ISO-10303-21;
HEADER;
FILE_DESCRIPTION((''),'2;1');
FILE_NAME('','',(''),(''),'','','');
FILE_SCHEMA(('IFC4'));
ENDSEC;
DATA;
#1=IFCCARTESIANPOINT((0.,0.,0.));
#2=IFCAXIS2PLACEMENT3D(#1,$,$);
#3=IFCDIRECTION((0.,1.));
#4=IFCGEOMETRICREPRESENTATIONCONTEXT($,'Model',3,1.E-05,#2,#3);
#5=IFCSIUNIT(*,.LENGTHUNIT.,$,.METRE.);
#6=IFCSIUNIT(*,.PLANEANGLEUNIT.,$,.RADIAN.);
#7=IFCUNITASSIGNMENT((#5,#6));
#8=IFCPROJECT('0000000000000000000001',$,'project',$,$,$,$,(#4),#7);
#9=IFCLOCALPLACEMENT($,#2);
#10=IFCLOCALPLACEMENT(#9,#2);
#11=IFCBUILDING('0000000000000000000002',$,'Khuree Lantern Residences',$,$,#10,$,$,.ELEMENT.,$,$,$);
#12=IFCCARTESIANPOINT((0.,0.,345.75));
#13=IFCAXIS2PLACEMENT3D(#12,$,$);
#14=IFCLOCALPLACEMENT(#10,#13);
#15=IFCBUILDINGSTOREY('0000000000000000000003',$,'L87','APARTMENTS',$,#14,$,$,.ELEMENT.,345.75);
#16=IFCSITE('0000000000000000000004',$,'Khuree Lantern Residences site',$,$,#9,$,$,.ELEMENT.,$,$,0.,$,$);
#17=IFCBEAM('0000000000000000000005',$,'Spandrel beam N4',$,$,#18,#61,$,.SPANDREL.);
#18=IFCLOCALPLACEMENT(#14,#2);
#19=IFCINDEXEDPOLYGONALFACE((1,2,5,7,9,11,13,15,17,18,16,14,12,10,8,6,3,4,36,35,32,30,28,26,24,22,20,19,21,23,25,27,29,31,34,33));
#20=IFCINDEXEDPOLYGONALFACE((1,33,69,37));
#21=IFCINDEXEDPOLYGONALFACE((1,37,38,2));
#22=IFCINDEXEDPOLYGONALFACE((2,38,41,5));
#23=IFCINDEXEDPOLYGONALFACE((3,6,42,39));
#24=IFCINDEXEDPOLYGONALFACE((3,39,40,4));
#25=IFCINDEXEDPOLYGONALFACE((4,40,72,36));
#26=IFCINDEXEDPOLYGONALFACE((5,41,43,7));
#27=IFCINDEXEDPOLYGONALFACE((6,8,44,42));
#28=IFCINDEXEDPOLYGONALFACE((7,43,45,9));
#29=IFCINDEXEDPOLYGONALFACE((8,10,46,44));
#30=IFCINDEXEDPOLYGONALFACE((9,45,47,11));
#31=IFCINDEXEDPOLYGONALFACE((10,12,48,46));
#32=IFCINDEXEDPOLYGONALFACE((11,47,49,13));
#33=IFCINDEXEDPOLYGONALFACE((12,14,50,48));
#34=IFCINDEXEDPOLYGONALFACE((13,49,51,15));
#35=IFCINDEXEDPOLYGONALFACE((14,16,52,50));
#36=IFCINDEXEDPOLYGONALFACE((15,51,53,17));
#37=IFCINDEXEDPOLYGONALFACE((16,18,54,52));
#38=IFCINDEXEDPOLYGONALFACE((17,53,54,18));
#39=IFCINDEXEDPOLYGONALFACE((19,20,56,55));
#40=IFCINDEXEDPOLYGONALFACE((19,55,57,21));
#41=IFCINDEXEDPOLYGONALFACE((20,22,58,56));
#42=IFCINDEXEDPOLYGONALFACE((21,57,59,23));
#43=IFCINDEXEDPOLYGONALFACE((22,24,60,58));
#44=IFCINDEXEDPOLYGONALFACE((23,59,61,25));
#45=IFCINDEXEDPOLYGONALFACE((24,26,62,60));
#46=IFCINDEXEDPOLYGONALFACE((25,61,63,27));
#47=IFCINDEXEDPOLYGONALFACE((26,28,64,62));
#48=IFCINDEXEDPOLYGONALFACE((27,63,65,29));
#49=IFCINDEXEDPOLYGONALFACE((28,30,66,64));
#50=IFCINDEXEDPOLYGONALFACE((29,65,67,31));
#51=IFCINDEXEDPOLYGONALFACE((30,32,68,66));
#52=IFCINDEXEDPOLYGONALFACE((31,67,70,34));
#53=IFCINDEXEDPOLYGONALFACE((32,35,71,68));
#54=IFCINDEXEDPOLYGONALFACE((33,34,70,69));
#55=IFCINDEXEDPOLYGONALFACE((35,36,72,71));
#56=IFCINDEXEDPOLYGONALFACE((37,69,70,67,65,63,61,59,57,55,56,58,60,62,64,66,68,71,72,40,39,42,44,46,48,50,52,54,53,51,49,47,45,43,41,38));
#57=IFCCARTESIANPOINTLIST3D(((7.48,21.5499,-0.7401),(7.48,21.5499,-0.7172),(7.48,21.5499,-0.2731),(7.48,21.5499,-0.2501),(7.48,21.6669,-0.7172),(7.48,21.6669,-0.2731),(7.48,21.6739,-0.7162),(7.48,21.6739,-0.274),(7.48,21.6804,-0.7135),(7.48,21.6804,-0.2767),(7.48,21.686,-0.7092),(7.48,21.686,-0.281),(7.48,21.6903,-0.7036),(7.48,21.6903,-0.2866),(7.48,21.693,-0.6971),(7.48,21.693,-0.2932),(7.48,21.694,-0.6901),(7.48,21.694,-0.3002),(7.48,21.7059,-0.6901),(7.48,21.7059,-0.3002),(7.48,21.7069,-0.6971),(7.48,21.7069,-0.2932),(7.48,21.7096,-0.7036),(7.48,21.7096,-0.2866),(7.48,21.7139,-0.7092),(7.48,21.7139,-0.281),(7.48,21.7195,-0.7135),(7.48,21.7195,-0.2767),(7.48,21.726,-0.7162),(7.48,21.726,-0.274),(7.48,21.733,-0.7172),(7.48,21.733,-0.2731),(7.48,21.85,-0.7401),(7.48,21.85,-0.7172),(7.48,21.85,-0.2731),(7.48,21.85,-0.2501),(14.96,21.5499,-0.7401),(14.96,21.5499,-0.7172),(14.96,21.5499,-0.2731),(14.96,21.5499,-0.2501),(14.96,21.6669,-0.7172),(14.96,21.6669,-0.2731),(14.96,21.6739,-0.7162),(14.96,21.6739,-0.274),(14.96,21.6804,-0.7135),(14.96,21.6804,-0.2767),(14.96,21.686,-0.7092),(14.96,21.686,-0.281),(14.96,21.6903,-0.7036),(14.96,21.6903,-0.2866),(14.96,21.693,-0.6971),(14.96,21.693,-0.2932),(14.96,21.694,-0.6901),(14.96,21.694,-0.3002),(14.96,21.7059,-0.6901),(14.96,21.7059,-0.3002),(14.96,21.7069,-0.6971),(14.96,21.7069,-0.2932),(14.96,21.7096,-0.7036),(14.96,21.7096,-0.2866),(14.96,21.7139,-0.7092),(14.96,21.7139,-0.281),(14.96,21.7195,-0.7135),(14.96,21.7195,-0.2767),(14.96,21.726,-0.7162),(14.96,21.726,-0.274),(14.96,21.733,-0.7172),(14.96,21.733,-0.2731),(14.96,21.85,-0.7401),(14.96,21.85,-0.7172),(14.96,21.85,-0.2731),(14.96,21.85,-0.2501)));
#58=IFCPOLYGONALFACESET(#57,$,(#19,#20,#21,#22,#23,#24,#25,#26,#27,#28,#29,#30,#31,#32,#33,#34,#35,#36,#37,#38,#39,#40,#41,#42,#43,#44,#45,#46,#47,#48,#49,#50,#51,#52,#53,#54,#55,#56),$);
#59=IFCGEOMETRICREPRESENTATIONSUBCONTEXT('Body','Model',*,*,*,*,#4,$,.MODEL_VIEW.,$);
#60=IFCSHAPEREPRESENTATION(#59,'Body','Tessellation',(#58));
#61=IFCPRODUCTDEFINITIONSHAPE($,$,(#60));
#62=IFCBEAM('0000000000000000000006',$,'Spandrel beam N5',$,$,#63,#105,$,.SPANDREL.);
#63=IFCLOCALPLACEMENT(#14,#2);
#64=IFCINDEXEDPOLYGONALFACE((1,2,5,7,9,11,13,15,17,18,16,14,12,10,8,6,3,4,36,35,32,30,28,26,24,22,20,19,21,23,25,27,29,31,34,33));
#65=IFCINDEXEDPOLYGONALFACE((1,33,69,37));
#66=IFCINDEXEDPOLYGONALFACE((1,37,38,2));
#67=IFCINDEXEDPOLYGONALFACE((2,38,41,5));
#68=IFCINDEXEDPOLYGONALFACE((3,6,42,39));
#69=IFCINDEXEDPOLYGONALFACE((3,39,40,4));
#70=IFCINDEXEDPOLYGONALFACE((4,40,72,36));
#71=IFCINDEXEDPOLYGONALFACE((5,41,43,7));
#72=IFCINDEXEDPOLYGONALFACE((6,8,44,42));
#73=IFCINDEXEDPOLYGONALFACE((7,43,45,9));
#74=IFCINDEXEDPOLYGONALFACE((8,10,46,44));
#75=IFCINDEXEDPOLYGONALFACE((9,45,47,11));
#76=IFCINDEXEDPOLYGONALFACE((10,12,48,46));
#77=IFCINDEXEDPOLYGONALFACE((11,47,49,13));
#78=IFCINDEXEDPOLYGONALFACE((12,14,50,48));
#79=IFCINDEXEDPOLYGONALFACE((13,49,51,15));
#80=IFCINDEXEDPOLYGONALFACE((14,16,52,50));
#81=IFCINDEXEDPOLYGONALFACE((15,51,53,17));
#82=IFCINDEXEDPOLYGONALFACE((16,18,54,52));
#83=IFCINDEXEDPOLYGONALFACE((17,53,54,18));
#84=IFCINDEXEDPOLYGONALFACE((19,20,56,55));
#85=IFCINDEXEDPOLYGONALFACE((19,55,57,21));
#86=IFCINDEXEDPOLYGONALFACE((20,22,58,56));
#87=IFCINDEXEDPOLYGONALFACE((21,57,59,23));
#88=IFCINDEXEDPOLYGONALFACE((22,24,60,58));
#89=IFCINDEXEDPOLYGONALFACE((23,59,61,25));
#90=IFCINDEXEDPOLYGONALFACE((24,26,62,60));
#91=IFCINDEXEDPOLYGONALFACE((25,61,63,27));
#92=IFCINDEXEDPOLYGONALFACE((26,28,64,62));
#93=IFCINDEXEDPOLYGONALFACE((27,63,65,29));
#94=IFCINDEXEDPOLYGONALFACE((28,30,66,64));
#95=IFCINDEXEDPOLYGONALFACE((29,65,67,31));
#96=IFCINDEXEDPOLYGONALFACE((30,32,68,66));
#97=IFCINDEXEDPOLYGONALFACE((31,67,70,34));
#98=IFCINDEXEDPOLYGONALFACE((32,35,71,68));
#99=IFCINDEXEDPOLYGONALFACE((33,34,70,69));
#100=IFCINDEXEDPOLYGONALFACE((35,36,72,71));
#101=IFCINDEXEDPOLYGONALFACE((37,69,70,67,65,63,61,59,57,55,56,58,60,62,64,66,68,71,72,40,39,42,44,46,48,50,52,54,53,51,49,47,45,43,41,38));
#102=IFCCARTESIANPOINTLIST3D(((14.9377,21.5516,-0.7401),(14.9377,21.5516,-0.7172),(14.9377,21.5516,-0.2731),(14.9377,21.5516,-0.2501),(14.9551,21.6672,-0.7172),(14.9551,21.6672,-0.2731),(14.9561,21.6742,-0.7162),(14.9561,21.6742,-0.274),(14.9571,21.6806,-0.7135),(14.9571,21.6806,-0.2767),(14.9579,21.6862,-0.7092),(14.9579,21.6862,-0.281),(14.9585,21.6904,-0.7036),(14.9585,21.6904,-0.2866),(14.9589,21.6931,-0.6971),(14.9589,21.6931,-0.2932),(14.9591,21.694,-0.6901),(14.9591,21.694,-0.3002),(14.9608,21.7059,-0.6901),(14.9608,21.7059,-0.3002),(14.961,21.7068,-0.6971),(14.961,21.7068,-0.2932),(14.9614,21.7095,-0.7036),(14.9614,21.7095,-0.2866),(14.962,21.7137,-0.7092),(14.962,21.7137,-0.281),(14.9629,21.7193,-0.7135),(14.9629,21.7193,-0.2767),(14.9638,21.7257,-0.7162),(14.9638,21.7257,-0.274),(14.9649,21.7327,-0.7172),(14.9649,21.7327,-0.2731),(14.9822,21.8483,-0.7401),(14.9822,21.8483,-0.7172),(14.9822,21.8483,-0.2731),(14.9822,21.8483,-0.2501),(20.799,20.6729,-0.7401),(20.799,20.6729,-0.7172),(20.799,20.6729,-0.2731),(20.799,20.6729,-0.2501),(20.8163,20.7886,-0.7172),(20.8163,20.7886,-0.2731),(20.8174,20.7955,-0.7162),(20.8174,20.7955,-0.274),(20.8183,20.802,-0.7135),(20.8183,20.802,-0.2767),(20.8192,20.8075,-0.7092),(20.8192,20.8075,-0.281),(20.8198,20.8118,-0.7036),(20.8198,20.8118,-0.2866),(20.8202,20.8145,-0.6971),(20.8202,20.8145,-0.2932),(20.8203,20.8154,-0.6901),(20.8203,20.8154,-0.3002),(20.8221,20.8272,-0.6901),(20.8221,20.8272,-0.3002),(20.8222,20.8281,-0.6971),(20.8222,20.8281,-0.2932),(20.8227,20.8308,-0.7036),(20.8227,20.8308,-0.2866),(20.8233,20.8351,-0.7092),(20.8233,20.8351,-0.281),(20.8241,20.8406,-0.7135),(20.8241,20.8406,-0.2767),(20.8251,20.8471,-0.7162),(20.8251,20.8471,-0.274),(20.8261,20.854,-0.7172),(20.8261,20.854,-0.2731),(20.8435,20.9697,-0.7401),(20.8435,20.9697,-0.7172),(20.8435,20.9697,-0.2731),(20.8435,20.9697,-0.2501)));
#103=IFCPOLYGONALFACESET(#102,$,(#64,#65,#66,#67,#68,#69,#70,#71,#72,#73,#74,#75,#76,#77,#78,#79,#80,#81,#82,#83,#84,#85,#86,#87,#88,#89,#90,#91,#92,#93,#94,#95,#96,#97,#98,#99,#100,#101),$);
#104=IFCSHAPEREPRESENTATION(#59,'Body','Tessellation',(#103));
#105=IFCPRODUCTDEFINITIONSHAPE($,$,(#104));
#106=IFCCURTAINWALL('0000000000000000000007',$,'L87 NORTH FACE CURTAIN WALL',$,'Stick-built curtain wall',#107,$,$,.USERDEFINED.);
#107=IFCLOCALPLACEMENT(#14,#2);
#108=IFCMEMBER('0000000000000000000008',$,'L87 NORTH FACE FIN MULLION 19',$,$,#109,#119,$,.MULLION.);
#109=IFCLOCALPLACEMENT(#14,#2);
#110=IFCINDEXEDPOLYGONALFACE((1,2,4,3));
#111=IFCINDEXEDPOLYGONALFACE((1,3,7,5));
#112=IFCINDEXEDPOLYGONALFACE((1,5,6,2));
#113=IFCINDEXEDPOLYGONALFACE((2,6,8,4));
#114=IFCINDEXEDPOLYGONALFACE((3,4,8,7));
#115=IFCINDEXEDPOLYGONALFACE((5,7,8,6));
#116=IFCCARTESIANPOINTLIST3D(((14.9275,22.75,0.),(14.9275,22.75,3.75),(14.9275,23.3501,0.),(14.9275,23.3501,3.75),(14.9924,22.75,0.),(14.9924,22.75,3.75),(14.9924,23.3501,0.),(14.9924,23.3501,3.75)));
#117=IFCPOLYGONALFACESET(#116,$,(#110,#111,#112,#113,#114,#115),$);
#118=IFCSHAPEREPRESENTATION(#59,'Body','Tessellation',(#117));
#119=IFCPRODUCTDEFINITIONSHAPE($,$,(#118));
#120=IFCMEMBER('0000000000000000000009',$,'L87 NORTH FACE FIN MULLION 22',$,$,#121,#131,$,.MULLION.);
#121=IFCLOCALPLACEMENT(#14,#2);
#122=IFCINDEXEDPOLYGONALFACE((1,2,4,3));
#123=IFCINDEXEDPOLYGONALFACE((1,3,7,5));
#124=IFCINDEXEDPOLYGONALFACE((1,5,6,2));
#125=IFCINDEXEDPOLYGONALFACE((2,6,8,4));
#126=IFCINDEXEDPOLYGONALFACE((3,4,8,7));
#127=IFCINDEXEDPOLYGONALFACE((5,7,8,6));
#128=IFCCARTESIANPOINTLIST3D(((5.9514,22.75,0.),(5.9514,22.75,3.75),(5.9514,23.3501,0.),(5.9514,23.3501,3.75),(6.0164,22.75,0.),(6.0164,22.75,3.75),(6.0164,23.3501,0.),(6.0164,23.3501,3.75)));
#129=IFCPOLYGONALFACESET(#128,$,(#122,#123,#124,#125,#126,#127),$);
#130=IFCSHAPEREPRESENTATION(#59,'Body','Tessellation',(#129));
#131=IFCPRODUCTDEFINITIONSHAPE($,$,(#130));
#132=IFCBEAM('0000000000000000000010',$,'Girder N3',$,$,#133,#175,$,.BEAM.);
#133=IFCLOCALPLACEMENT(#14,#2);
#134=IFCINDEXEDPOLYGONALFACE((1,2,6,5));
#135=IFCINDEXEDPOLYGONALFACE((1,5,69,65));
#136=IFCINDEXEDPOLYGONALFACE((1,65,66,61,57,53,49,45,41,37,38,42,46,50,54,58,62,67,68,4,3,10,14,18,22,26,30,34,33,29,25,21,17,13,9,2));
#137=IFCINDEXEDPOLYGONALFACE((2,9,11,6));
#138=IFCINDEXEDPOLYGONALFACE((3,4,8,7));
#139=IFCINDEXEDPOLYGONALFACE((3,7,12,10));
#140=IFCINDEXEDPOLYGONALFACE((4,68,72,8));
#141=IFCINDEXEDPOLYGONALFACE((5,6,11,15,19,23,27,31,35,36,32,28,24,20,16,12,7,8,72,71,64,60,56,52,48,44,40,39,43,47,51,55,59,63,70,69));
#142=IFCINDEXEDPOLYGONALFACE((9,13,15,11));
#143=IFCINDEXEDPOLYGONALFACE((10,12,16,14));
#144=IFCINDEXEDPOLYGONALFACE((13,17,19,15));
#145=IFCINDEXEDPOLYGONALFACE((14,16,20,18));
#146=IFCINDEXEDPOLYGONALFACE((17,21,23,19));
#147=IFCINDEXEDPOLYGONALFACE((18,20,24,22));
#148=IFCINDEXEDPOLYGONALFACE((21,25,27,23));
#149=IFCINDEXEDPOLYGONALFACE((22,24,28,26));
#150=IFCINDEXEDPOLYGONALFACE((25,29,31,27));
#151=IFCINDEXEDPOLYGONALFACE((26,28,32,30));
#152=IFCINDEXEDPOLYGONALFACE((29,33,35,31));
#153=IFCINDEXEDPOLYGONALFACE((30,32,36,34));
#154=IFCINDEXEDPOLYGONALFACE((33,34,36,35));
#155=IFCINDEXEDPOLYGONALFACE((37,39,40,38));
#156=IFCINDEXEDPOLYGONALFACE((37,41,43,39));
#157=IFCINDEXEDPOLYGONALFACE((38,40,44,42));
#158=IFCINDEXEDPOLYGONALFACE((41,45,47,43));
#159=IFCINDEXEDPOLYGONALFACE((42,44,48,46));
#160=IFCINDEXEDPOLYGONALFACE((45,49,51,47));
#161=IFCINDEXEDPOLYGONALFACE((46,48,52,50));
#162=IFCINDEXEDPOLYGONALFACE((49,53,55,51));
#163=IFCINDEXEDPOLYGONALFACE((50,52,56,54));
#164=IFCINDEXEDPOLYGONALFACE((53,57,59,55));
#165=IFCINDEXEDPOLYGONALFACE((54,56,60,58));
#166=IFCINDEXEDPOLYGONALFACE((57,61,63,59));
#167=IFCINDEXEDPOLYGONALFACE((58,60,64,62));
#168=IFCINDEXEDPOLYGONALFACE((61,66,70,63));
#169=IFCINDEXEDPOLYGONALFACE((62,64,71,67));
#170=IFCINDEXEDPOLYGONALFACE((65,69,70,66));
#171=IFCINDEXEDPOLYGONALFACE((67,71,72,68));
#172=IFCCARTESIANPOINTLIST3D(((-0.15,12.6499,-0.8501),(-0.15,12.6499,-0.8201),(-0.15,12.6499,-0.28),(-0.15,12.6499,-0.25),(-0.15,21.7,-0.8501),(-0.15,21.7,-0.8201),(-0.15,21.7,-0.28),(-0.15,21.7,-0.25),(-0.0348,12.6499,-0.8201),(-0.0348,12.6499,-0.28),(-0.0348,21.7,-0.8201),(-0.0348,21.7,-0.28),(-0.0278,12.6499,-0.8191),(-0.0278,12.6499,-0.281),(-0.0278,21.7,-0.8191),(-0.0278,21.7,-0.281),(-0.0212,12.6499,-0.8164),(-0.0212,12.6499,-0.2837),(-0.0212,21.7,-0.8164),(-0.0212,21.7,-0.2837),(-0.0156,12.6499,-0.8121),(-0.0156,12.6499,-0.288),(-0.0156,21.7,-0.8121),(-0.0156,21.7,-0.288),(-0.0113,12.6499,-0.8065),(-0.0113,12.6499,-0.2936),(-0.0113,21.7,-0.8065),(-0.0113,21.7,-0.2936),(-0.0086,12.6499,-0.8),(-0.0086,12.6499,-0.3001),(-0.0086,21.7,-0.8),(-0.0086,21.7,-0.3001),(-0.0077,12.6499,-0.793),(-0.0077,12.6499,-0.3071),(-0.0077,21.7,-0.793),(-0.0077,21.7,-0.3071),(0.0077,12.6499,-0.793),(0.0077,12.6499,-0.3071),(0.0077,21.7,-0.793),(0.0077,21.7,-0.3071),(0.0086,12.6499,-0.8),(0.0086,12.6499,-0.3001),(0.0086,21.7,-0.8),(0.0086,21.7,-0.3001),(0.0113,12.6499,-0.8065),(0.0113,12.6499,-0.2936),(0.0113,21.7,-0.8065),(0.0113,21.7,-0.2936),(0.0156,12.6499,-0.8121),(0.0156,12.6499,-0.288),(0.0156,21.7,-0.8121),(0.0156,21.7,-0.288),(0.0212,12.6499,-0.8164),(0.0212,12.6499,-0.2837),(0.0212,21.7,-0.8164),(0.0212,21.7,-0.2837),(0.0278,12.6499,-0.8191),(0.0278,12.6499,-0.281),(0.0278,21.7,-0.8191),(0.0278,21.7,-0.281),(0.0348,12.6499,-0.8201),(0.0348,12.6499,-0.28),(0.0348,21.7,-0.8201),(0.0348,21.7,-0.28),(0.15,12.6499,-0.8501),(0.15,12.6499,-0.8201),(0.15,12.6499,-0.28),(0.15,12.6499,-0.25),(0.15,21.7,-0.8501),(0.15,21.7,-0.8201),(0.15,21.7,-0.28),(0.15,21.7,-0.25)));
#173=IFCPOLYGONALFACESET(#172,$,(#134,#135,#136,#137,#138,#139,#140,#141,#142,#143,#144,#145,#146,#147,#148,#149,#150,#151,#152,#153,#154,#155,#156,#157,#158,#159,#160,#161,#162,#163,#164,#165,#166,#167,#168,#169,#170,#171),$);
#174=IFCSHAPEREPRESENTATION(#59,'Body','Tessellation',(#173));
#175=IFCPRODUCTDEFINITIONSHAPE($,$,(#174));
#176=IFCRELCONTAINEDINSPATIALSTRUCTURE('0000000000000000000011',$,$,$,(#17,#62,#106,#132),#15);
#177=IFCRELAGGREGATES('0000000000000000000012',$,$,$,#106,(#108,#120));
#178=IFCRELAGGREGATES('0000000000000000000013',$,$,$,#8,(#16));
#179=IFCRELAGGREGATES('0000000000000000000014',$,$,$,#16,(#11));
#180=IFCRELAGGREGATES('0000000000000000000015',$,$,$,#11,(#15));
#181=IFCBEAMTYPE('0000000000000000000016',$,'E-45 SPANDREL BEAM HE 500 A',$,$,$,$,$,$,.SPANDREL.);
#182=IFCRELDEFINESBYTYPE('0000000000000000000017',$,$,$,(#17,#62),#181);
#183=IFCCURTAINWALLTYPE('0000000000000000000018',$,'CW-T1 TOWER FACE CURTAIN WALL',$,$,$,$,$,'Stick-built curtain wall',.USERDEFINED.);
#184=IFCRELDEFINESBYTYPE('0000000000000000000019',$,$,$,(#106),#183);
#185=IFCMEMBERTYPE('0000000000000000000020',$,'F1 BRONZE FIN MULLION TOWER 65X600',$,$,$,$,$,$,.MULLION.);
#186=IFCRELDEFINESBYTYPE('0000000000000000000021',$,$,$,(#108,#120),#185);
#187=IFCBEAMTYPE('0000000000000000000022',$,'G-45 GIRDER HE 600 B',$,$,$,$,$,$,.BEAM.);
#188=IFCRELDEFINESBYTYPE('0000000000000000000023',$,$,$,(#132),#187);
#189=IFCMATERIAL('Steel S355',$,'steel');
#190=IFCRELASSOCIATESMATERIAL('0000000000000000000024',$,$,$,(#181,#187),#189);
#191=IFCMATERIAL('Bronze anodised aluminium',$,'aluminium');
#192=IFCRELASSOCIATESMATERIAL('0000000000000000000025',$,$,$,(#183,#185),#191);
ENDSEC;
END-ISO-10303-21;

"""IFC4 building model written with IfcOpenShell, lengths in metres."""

from ifc_helpers import new_model, si_unit, direction, frame, origin, origin_2d, place, context, subcontext, project, spatial, rectangle, i_section, extrude, material, material_profile, profile_set, type_object, element, aggregate, save


model = new_model("IFC4")

# Units and contexts
model_context = context("Model", 3, precision=1e-05, world=origin(), true_north=direction((0.0, 1.0)))
body_context = subcontext(model_context, "Body", "Model", "MODEL_VIEW")
ifc_project = project(units=[si_unit("LENGTHUNIT", "METRE"), si_unit("PLANEANGLEUNIT", "RADIAN")], contexts=[model_context])

# Site, building, storey
site_placement = place(None, origin())
site = spatial("IfcSite", under=ifc_project, at=site_placement, Name="Khuree Lantern Residences site", CompositionType="ELEMENT", RefElevation=0.0)
building_placement = place(site_placement, origin())
building = spatial("IfcBuilding", under=site, at=building_placement, Name="Khuree Lantern Residences", CompositionType="ELEMENT")
storey_placement = place(building_placement, frame((0.0, 0.0, 345.75)))
storey = spatial("IfcBuildingStorey", under=building, at=storey_placement, Name="L87", Description="APARTMENTS", CompositionType="ELEMENT", Elevation=345.75)

# Beams
ifc_material_1 = material(Name="Steel S355", Category="steel")
ifc_material_profile_1 = material_profile(ifc_material_1, i_section(OverallWidth=0.3, OverallDepth=0.49, WebThickness=0.012, FlangeThickness=0.0229, FilletRadius=0.0271, at=origin_2d()), Name="HE 500 A")
ifc_profile_set_1 = profile_set([ifc_material_profile_1], Name="Steel S355")
beam_type_1 = type_object("IfcBeamType", Name="E-45 SPANDREL BEAM HE 500 A", PredefinedType="SPANDREL", material=ifc_profile_set_1)
for number, where, z_axis, x_axis, name in (
    (1, (7.48, 21.7, -0.4951), (1.0, 0.0, 0.0), (0.0, 1.0, 0.0), "Spandrel beam N4"),
):
    element("IfcBeam", number, at=place(storey_placement, frame(where, z_axis=z_axis, x_axis=x_axis)), inside=storey, type_object=beam_type_1, Name=name, PredefinedType="SPANDREL", context=body_context, shape_type="SweptSolid", body=[
        extrude(i_section(OverallWidth=0.3, OverallDepth=0.49, WebThickness=0.012, FlangeThickness=0.0229, FilletRadius=0.0271, at=origin_2d()), origin(), (0.0, 0.0, 1.0), 7.48),
    ])
beam_placement = place(storey_placement, frame((14.96, 21.7, -0.4951), z_axis=(0.98895, -0.148252, 0.0), x_axis=(0.148252, 0.98895, 0.0)))
element("IfcBeam", 2, at=beam_placement, inside=storey, type_object=beam_type_1, Name="Spandrel beam N5", PredefinedType="SPANDREL", context=body_context, shape_type="SweptSolid", body=[
    extrude(i_section(OverallWidth=0.3, OverallDepth=0.49, WebThickness=0.012, FlangeThickness=0.0229, FilletRadius=0.0271, at=origin_2d()), origin(), (0.0, 0.0, 1.0), 5.9268),
])

# Curtain wall, members
ifc_material_2 = material(Name="Bronze anodised aluminium", Category="aluminium")
curtain_wall_type = type_object("IfcCurtainWallType", Name="CW-T1 TOWER FACE CURTAIN WALL", ElementType="Stick-built curtain wall", PredefinedType="USERDEFINED", material=ifc_material_2)
curtain_wall_placement = place(storey_placement, origin())
curtain_wall = element("IfcCurtainWall", 3, at=curtain_wall_placement, inside=storey, type_object=curtain_wall_type, Name="L87 NORTH FACE CURTAIN WALL", ObjectType="Stick-built curtain wall", PredefinedType="USERDEFINED")
ifc_material_profile_2 = material_profile(ifc_material_2, rectangle(XDim=0.0649, YDim=0.6001, at=origin_2d()), Name="F1 65X600")
ifc_profile_set_2 = profile_set([ifc_material_profile_2], Name="Bronze anodised aluminium")
member_type_1 = type_object("IfcMemberType", Name="F1 BRONZE FIN MULLION TOWER 65X600", PredefinedType="MULLION", material=ifc_profile_set_2)
member_1_placement = place(storey_placement, frame((14.96, 23.05, 0.0), z_axis=(0.0, 0.0, 1.0), x_axis=(-1.0, 0.0, 0.0)))
member_1 = element("IfcMember", 4, at=member_1_placement, type_object=member_type_1, Name="L87 NORTH FACE FIN MULLION 19", PredefinedType="MULLION", context=body_context, shape_type="SweptSolid", body=[
    extrude(rectangle(XDim=0.0649, YDim=0.6001, at=origin_2d()), origin(), (0.0, 0.0, 1.0), 3.75),
])
member_2_placement = place(storey_placement, frame((5.9839, 23.05, 0.0), z_axis=(0.0, 0.0, 1.0), x_axis=(-1.0, 0.0, 0.0)))
member_2 = element("IfcMember", 5, at=member_2_placement, type_object=member_type_1, Name="L87 NORTH FACE FIN MULLION 22", PredefinedType="MULLION", context=body_context, shape_type="SweptSolid", body=[
    extrude(rectangle(XDim=0.0649, YDim=0.6001, at=origin_2d()), origin(), (0.0, 0.0, 1.0), 3.75),
])

# Beam
ifc_material_profile_3 = material_profile(ifc_material_1, i_section(OverallWidth=0.3, OverallDepth=0.6001, WebThickness=0.0154, FlangeThickness=0.03, FilletRadius=0.0271, at=origin_2d()), Name="HE 600 B")
ifc_profile_set_3 = profile_set([ifc_material_profile_3], Name="Steel S355")
beam_type_2 = type_object("IfcBeamType", Name="G-45 GIRDER HE 600 B", PredefinedType="BEAM", material=ifc_profile_set_3)
for number, where, z_axis, x_axis, name in (
    (6, (0.0, 21.7, -0.55), (0.0, -1.0, 0.0), (1.0, 0.0, 0.0), "Girder N3"),
):
    element("IfcBeam", number, at=place(storey_placement, frame(where, z_axis=z_axis, x_axis=x_axis)), inside=storey, type_object=beam_type_2, Name=name, PredefinedType="BEAM", context=body_context, shape_type="SweptSolid", body=[
        extrude(i_section(OverallWidth=0.3, OverallDepth=0.6001, WebThickness=0.0154, FlangeThickness=0.03, FilletRadius=0.0271, at=origin_2d()), origin(), (0.0, 0.0, 1.0), 9.05),
    ])

aggregate(curtain_wall, [member_1, member_2])

save(model, "model.ifc")
